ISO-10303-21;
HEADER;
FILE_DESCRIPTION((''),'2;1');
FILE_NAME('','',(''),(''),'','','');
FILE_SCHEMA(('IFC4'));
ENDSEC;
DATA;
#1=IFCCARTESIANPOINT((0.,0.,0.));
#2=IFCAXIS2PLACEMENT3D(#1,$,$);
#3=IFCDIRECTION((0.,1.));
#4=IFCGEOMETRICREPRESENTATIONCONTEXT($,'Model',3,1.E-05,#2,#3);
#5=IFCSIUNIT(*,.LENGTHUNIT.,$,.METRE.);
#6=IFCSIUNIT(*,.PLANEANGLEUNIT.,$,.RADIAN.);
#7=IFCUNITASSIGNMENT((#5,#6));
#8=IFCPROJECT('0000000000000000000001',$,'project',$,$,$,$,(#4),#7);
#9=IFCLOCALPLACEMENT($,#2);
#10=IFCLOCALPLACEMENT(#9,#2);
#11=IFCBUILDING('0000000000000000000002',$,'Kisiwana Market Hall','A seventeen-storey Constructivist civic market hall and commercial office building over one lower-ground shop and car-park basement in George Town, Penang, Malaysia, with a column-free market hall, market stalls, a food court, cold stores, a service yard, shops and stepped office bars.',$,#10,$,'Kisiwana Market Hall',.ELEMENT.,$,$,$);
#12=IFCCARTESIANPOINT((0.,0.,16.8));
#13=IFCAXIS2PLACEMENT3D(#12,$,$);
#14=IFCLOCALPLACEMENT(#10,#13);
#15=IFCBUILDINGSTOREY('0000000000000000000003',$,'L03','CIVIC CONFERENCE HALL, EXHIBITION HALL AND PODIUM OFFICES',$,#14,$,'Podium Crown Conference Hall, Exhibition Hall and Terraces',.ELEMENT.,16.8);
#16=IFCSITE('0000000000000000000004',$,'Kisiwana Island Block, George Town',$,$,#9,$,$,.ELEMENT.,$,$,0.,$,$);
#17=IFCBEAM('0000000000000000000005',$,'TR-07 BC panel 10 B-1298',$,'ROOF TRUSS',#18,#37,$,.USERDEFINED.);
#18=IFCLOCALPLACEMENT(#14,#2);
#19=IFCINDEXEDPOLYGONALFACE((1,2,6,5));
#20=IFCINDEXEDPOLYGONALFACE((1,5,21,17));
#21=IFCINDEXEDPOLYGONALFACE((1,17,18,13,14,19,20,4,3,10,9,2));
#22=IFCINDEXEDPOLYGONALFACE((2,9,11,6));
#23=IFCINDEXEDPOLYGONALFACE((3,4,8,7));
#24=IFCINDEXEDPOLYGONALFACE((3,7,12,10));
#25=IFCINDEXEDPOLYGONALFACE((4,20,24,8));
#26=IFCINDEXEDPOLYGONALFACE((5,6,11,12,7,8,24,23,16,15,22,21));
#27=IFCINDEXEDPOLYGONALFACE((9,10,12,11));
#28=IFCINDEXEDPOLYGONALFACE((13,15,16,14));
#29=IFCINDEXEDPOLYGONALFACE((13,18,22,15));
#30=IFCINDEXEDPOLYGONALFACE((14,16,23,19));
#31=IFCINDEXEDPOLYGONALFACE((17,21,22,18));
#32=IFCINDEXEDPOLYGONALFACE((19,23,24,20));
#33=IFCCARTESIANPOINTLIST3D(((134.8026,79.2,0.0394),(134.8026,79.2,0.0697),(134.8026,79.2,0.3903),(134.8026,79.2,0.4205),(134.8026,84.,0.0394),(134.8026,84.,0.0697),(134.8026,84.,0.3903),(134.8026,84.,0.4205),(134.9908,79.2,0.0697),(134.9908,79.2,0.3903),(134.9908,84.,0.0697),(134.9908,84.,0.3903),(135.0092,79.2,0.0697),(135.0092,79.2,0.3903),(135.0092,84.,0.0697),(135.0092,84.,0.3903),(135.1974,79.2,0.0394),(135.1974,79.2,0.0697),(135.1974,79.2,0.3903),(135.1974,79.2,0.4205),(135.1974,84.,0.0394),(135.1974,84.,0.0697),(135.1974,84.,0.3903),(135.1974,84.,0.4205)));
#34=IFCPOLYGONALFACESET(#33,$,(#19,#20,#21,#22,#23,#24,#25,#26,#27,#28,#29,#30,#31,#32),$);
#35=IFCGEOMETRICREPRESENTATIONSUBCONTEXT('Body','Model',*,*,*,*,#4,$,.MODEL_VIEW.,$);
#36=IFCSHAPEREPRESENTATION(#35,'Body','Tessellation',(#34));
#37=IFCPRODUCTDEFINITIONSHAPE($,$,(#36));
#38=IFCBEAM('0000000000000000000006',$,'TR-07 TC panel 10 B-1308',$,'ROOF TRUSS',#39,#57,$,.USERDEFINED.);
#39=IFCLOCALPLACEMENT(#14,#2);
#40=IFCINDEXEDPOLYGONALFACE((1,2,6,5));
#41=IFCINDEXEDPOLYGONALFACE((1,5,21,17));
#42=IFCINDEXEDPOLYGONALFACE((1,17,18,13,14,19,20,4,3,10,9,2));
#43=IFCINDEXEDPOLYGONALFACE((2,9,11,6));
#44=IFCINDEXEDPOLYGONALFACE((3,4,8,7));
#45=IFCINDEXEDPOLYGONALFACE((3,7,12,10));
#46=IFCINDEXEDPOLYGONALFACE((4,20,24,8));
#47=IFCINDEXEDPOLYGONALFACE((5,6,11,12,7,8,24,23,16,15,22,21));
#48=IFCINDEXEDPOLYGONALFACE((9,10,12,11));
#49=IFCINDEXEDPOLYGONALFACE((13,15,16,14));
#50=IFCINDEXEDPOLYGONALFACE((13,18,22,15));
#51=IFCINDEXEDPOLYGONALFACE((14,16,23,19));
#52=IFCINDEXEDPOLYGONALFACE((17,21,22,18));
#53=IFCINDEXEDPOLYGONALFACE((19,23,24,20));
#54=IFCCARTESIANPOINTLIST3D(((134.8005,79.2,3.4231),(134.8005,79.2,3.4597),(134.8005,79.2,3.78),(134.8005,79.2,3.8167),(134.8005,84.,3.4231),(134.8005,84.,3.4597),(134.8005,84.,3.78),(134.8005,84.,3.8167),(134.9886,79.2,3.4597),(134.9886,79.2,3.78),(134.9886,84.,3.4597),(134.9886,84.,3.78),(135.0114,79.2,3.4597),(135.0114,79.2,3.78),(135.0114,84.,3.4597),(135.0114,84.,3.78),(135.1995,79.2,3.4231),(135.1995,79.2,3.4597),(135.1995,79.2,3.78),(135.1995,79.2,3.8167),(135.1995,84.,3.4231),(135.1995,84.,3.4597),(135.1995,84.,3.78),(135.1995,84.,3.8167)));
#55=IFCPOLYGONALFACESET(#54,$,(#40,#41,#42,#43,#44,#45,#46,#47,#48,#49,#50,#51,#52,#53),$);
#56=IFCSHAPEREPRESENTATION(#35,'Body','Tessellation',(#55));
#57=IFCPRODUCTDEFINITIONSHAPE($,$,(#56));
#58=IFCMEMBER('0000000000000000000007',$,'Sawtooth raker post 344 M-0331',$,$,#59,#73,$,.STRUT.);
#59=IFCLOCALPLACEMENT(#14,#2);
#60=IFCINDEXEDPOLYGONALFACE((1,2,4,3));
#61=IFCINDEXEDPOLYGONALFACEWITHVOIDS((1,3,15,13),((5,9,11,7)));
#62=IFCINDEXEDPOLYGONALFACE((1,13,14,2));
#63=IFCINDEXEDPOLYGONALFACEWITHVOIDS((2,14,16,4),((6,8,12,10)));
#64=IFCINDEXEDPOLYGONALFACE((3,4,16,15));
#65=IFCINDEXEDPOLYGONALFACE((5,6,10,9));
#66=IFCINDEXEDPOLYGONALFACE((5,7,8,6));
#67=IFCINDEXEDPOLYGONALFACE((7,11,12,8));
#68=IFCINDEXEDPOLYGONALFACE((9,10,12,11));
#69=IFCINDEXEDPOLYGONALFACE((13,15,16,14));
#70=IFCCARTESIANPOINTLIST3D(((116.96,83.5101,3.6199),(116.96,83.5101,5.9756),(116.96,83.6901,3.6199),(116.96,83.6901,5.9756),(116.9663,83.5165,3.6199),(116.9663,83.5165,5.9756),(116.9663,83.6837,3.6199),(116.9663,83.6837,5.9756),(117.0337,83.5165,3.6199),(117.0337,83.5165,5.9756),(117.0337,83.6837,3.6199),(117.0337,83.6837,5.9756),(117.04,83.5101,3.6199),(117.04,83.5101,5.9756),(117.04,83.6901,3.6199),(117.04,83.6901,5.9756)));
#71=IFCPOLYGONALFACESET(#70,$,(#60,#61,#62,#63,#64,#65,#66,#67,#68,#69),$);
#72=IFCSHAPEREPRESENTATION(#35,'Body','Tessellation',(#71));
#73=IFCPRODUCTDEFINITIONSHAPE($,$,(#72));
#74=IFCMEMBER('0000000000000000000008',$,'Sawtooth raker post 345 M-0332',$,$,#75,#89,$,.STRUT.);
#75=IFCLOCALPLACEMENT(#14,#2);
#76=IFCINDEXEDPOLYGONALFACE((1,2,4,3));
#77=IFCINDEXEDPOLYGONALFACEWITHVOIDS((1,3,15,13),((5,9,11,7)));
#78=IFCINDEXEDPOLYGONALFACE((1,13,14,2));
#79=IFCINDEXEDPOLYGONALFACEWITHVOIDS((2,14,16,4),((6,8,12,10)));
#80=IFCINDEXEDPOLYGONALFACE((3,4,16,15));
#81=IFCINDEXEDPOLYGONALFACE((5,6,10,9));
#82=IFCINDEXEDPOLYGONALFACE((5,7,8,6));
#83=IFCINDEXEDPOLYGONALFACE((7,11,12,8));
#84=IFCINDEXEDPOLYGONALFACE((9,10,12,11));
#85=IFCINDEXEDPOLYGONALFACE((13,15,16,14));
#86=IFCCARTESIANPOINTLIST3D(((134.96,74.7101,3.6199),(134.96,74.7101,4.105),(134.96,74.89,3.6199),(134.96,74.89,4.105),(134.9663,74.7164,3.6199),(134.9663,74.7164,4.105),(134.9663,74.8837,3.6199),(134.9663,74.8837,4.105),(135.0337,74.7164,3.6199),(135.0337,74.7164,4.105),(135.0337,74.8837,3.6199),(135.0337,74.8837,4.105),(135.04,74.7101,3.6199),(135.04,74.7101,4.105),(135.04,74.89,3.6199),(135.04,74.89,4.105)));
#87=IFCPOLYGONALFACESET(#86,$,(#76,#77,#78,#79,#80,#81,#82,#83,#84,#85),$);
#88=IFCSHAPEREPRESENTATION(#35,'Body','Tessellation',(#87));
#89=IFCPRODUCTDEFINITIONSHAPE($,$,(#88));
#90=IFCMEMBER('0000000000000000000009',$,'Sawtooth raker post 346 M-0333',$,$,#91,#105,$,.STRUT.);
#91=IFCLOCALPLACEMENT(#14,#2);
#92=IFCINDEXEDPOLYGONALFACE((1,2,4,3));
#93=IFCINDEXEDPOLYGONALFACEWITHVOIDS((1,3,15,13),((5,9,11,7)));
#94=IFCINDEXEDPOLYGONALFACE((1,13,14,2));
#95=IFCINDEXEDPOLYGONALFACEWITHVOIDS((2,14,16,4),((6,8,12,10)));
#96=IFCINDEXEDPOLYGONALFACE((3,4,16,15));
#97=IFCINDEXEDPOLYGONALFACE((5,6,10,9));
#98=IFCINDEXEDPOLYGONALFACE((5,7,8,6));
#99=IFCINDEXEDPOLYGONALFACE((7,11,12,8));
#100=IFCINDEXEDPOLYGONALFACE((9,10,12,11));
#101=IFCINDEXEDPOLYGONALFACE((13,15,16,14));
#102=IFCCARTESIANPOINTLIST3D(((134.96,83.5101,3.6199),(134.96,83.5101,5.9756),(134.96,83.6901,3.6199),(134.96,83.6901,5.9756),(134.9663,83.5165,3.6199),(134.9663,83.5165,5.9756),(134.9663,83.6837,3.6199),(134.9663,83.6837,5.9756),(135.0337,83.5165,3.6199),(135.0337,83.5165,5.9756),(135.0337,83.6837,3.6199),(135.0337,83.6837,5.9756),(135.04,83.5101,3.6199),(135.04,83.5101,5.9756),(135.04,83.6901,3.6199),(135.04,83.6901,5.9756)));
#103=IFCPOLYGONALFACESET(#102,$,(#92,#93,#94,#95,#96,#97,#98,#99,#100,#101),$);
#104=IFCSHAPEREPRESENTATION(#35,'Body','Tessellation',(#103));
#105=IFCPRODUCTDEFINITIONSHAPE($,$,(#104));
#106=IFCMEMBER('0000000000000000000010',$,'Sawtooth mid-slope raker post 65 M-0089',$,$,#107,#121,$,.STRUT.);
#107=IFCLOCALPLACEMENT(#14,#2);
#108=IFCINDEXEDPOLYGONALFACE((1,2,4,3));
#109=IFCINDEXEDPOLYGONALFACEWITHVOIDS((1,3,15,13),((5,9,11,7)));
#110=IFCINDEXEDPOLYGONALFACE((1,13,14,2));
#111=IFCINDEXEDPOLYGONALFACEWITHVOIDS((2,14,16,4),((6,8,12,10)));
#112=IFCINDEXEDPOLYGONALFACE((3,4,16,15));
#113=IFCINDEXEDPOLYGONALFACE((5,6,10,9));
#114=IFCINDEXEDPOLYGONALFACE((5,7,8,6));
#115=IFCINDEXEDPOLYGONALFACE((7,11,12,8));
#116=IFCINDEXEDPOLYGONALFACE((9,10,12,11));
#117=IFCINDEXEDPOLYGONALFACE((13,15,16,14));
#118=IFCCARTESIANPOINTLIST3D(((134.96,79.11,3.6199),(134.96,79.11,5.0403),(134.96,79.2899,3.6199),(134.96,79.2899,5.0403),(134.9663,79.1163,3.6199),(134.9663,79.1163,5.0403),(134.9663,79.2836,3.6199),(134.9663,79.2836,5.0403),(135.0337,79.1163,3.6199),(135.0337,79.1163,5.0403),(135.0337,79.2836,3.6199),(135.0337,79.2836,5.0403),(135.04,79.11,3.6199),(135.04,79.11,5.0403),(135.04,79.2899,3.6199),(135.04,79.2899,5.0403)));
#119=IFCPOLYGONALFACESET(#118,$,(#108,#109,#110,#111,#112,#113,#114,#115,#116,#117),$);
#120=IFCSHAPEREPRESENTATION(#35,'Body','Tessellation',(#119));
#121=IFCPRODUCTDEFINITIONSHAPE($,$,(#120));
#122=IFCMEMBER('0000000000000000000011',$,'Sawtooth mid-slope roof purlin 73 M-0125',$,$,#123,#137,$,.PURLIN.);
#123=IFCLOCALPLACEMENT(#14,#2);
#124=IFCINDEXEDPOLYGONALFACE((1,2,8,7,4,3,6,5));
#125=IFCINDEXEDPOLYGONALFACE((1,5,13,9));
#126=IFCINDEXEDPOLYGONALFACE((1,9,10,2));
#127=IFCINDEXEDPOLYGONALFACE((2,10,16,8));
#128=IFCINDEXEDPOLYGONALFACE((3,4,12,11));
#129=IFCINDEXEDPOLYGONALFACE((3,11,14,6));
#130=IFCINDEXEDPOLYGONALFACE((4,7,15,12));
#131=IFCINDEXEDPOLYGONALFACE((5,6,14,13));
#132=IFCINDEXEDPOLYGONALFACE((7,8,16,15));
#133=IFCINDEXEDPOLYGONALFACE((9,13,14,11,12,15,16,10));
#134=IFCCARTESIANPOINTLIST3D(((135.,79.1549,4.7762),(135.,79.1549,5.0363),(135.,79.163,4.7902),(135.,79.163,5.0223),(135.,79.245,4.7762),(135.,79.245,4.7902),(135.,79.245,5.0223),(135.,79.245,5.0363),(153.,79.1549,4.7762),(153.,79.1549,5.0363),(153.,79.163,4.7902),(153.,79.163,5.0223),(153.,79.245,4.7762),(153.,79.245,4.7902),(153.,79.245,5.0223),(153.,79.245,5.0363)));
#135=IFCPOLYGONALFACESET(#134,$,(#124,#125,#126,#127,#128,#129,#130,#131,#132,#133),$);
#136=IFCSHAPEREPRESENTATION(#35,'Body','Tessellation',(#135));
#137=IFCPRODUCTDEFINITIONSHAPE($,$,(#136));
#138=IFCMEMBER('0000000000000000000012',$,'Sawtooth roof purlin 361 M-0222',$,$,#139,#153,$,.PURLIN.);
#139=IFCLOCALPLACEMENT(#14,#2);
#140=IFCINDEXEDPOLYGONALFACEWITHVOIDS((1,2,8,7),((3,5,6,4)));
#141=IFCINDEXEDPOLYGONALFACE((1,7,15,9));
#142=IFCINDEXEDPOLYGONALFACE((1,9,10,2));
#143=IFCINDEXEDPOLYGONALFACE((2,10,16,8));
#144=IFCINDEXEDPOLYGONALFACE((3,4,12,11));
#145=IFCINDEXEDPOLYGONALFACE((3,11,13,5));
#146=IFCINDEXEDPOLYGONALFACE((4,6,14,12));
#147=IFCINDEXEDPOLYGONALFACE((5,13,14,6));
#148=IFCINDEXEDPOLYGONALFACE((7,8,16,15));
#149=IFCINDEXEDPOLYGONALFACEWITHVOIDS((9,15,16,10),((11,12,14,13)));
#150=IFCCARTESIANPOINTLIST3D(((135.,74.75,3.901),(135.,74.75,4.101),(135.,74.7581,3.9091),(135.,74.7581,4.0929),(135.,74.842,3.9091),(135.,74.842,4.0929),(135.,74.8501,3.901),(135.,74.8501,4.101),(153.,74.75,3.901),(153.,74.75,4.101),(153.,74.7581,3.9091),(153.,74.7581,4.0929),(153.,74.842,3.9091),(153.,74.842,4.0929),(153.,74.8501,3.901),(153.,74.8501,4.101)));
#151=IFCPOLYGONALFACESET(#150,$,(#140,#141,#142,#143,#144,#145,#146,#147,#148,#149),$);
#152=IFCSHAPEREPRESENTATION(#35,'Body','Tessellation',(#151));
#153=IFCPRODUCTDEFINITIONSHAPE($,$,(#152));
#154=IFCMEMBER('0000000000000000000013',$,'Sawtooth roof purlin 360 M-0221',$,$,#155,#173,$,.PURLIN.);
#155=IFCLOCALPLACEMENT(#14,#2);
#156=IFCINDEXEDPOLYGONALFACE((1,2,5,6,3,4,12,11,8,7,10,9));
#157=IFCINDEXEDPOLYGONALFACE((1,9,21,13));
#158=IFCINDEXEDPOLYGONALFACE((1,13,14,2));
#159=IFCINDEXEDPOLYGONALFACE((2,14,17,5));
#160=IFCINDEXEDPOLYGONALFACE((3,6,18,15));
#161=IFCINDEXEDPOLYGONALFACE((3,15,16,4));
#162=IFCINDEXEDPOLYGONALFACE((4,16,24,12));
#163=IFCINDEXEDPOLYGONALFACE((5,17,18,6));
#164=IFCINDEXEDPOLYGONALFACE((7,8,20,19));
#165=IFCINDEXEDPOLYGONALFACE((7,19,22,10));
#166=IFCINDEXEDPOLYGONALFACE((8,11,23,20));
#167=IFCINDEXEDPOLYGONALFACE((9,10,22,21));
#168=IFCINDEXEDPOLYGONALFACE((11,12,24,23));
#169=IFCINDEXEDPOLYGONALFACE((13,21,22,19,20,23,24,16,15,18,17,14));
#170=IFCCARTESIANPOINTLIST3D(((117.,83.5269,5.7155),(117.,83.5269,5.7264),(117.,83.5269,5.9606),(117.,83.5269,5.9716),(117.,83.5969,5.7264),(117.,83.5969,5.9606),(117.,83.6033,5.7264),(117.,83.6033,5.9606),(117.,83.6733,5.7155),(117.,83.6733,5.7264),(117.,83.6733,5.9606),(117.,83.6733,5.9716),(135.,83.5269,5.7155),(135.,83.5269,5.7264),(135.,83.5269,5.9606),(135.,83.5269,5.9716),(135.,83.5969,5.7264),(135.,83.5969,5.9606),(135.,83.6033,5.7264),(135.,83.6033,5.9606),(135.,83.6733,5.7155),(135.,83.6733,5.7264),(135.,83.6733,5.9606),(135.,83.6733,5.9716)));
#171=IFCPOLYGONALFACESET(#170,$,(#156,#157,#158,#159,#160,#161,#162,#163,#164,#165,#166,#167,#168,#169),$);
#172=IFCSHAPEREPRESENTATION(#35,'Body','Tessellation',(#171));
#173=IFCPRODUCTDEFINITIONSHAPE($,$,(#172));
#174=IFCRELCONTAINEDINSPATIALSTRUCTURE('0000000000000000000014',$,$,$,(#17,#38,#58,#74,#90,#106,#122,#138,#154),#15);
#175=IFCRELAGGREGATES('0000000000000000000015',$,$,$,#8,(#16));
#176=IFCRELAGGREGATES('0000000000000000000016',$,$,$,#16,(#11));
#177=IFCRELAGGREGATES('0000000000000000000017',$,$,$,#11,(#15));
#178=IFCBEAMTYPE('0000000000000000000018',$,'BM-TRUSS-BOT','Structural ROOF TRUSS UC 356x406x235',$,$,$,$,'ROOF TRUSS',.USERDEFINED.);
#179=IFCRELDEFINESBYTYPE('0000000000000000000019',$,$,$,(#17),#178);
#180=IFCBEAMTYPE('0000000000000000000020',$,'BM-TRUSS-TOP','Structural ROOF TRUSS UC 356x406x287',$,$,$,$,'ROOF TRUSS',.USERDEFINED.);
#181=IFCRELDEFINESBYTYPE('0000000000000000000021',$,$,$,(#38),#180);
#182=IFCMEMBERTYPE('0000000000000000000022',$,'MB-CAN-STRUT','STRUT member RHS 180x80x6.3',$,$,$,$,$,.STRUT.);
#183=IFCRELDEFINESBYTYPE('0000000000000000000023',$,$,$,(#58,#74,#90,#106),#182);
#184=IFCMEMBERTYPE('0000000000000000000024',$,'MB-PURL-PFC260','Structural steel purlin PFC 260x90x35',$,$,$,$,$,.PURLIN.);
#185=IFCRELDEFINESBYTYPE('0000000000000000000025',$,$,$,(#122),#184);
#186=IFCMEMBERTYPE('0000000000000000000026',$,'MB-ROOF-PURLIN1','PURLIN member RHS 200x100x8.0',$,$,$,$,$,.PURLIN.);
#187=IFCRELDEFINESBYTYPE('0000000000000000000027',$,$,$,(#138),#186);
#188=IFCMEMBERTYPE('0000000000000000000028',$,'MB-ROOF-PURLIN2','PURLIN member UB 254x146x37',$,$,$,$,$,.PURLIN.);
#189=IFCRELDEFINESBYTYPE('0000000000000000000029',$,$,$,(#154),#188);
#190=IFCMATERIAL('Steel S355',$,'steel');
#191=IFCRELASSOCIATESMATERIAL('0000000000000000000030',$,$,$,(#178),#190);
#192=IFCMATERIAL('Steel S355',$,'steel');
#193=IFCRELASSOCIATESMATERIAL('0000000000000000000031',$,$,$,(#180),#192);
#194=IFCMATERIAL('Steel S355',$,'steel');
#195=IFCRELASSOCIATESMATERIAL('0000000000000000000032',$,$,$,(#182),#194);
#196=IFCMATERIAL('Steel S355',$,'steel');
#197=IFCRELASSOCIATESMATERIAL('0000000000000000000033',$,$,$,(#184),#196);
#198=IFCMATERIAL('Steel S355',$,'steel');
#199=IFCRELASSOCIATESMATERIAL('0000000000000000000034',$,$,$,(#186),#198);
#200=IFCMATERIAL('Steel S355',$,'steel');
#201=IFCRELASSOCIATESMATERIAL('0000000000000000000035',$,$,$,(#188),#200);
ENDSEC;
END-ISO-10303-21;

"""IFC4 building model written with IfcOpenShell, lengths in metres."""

from ifc_helpers import new_model, si_unit, direction, frame, origin, origin_2d, place, context, subcontext, project, spatial, hollow_rectangle, i_section, u_section, extrude, material, material_profile, profile_set, type_object, element, save


model = new_model("IFC4")

# Units and contexts
model_context = context("Model", 3, precision=1e-05, world=origin(), true_north=direction((0.0, 1.0)))
body_context = subcontext(model_context, "Body", "Model", "MODEL_VIEW")
ifc_project = project(units=[si_unit("LENGTHUNIT", "METRE"), si_unit("PLANEANGLEUNIT", "RADIAN")], contexts=[model_context])

# Site, building, storey
site_placement = place(None, origin())
site = spatial("IfcSite", under=ifc_project, at=site_placement, Name="Kisiwana Island Block, George Town", CompositionType="ELEMENT", RefElevation=0.0)
building_placement = place(site_placement, origin())
building = spatial("IfcBuilding", under=site, at=building_placement, Name="Kisiwana Market Hall", Description="A seventeen-storey Constructivist civic market hall and commercial office building over one lower-ground shop and car-park basement in George Town, Penang, Malaysia, with a column-free market hall, market stalls, a food court, cold stores, a service yard, shops and stepped office bars.", LongName="Kisiwana Market Hall", CompositionType="ELEMENT")
storey_placement = place(building_placement, frame((0.0, 0.0, 16.8)))
storey = spatial("IfcBuildingStorey", under=building, at=storey_placement, Name="L03", Description="CIVIC CONFERENCE HALL, EXHIBITION HALL AND PODIUM OFFICES", LongName="Podium Crown Conference Hall, Exhibition Hall and Terraces", CompositionType="ELEMENT", Elevation=16.8)

# Beams
ifc_material_1 = material(Name="Steel S355", Category="steel")
ifc_material_profile_1 = material_profile(ifc_material_1, i_section(OverallWidth=0.3948, OverallDepth=0.3811, WebThickness=0.0183, FlangeThickness=0.0303, at=origin_2d()), Name="UC 356x406x235")
ifc_profile_set_1 = profile_set([ifc_material_profile_1], Name="Steel S355")
beam_type_1 = type_object("IfcBeamType", Name="BM-TRUSS-BOT", Description="Structural ROOF TRUSS UC 356x406x235", ElementType="ROOF TRUSS", PredefinedType="USERDEFINED", material=ifc_profile_set_1)
beam_1_placement = place(storey_placement, frame((135.0, 79.2, 0.23), z_axis=(0.0, 1.0, 0.0), x_axis=(-1.0, 0.0, 0.0)))
element("IfcBeam", 1, at=beam_1_placement, inside=storey, type_object=beam_type_1, Name="TR-07 BC panel 10 B-1298", ObjectType="ROOF TRUSS", PredefinedType="USERDEFINED", context=body_context, shape_type="SweptSolid", body=[
    extrude(i_section(OverallWidth=0.3948, OverallDepth=0.3811, WebThickness=0.0183, FlangeThickness=0.0303, at=origin_2d()), origin(), (0.0, 0.0, 1.0), 4.8),
])
ifc_material_2 = material(Name="Steel S355", Category="steel")
ifc_material_profile_2 = material_profile(ifc_material_2, i_section(OverallWidth=0.3989, OverallDepth=0.3936, WebThickness=0.0227, FlangeThickness=0.0366, at=origin_2d()), Name="UC 356x406x287")
ifc_profile_set_2 = profile_set([ifc_material_profile_2], Name="Steel S355")
beam_type_2 = type_object("IfcBeamType", Name="BM-TRUSS-TOP", Description="Structural ROOF TRUSS UC 356x406x287", ElementType="ROOF TRUSS", PredefinedType="USERDEFINED", material=ifc_profile_set_2)
beam_2_placement = place(storey_placement, frame((135.0, 79.2, 3.6199), z_axis=(0.0, 1.0, 0.0), x_axis=(-1.0, 0.0, 0.0)))
element("IfcBeam", 2, at=beam_2_placement, inside=storey, type_object=beam_type_2, Name="TR-07 TC panel 10 B-1308", ObjectType="ROOF TRUSS", PredefinedType="USERDEFINED", context=body_context, shape_type="SweptSolid", body=[
    extrude(i_section(OverallWidth=0.3989, OverallDepth=0.3936, WebThickness=0.0227, FlangeThickness=0.0366, at=origin_2d()), origin(), (0.0, 0.0, 1.0), 4.8),
])

# Members
ifc_material_3 = material(Name="Steel S355", Category="steel")
ifc_material_profile_3 = material_profile(ifc_material_3, hollow_rectangle(XDim=0.0801, YDim=0.1799, WallThickness=0.0063, at=origin_2d()), Name="RHS 180x80x6.3")
ifc_profile_set_3 = profile_set([ifc_material_profile_3], Name="Steel S355")
member_type_1 = type_object("IfcMemberType", Name="MB-CAN-STRUT", Description="STRUT member RHS 180x80x6.3", PredefinedType="STRUT", material=ifc_profile_set_3)
member_1_placement = place(storey_placement, frame((117.0, 83.6001, 3.6199), z_axis=(0.0, 0.0, 1.0), x_axis=(1.0, 0.0, 0.0)))
element("IfcMember", 3, at=member_1_placement, inside=storey, type_object=member_type_1, Name="Sawtooth raker post 344 M-0331", PredefinedType="STRUT", context=body_context, shape_type="SweptSolid", body=[
    extrude(hollow_rectangle(XDim=0.0801, YDim=0.1799, WallThickness=0.0063, at=origin_2d()), origin(), (0.0, 0.0, 1.0), 2.3557),
])
member_2_placement = place(storey_placement, frame((135.0, 74.8, 3.6199), z_axis=(0.0, 0.0, 1.0), x_axis=(1.0, 0.0, 0.0)))
element("IfcMember", 4, at=member_2_placement, inside=storey, type_object=member_type_1, Name="Sawtooth raker post 345 M-0332", PredefinedType="STRUT", context=body_context, shape_type="SweptSolid", body=[
    extrude(hollow_rectangle(XDim=0.0801, YDim=0.1799, WallThickness=0.0063, at=origin_2d()), origin(), (0.0, 0.0, 1.0), 0.4851),
])
member_3_placement = place(storey_placement, frame((135.0, 83.6001, 3.6199), z_axis=(0.0, 0.0, 1.0), x_axis=(1.0, 0.0, 0.0)))
element("IfcMember", 5, at=member_3_placement, inside=storey, type_object=member_type_1, Name="Sawtooth raker post 346 M-0333", PredefinedType="STRUT", context=body_context, shape_type="SweptSolid", body=[
    extrude(hollow_rectangle(XDim=0.0801, YDim=0.1799, WallThickness=0.0063, at=origin_2d()), origin(), (0.0, 0.0, 1.0), 2.3557),
])
member_4_placement = place(storey_placement, frame((135.0, 79.2, 3.6199), z_axis=(0.0, 0.0, 1.0), x_axis=(1.0, 0.0, 0.0)))
element("IfcMember", 6, at=member_4_placement, inside=storey, type_object=member_type_1, Name="Sawtooth mid-slope raker post 65 M-0089", PredefinedType="STRUT", context=body_context, shape_type="SweptSolid", body=[
    extrude(hollow_rectangle(XDim=0.0801, YDim=0.1799, WallThickness=0.0063, at=origin_2d()), origin(), (0.0, 0.0, 1.0), 1.4204),
])
ifc_material_4 = material(Name="Steel S355", Category="steel")
ifc_material_profile_4 = material_profile(ifc_material_4, u_section(Depth=0.26, FlangeWidth=0.0901, WebThickness=0.0081, FlangeThickness=0.0139, at=origin_2d()), Name="PFC 260x90x35")
ifc_profile_set_4 = profile_set([ifc_material_profile_4], Name="Steel S355")
member_type_2 = type_object("IfcMemberType", Name="MB-PURL-PFC260", Description="Structural steel purlin PFC 260x90x35", PredefinedType="PURLIN", material=ifc_profile_set_4)
member_5_placement = place(storey_placement, frame((135.0, 79.2, 4.9062), z_axis=(1.0, 0.0, 0.0), x_axis=(0.0, 1.0, 0.0)))
element("IfcMember", 7, at=member_5_placement, inside=storey, type_object=member_type_2, Name="Sawtooth mid-slope roof purlin 73 M-0125", PredefinedType="PURLIN", context=body_context, shape_type="SweptSolid", body=[
    extrude(u_section(Depth=0.26, FlangeWidth=0.0901, WebThickness=0.0081, FlangeThickness=0.0139, at=origin_2d()), origin(), (0.0, 0.0, 1.0), 18.0),
])
ifc_material_5 = material(Name="Steel S355", Category="steel")
ifc_material_profile_5 = material_profile(ifc_material_5, hollow_rectangle(XDim=0.1001, YDim=0.2, WallThickness=0.0081, at=origin_2d()), Name="RHS 200x100x8.0")
ifc_profile_set_5 = profile_set([ifc_material_profile_5], Name="Steel S355")
member_type_3 = type_object("IfcMemberType", Name="MB-ROOF-PURLIN1", Description="PURLIN member RHS 200x100x8.0", PredefinedType="PURLIN", material=ifc_profile_set_5)
member_6_placement = place(storey_placement, frame((135.0, 74.8, 4.001), z_axis=(1.0, 0.0, 0.0), x_axis=(0.0, 1.0, 0.0)))
element("IfcMember", 8, at=member_6_placement, inside=storey, type_object=member_type_3, Name="Sawtooth roof purlin 361 M-0222", PredefinedType="PURLIN", context=body_context, shape_type="SweptSolid", body=[
    extrude(hollow_rectangle(XDim=0.1001, YDim=0.2, WallThickness=0.0081, at=origin_2d()), origin(), (0.0, 0.0, 1.0), 18.0),
])
ifc_material_6 = material(Name="Steel S355", Category="steel")
ifc_material_profile_6 = material_profile(ifc_material_6, i_section(OverallWidth=0.1465, OverallDepth=0.2561, WebThickness=0.0063, FlangeThickness=0.011, at=origin_2d()), Name="UB 254x146x37")
ifc_profile_set_6 = profile_set([ifc_material_profile_6], Name="Steel S355")
member_type_4 = type_object("IfcMemberType", Name="MB-ROOF-PURLIN2", Description="PURLIN member UB 254x146x37", PredefinedType="PURLIN", material=ifc_profile_set_6)
for number, where, z_axis, x_axis, name in (
    (9, (117.0, 83.6001, 5.8435), (1.0, 0.0, 0.0), (0.0, 1.0, 0.0), "Sawtooth roof purlin 360 M-0221"),
):
    element("IfcMember", number, at=place(storey_placement, frame(where, z_axis=z_axis, x_axis=x_axis)), inside=storey, type_object=member_type_4, Name=name, PredefinedType="PURLIN", context=body_context, shape_type="SweptSolid", body=[
        extrude(i_section(OverallWidth=0.1465, OverallDepth=0.2561, WebThickness=0.0063, FlangeThickness=0.011, at=origin_2d()), origin(), (0.0, 0.0, 1.0), 18.0),
    ])

save(model, "model.ifc")
